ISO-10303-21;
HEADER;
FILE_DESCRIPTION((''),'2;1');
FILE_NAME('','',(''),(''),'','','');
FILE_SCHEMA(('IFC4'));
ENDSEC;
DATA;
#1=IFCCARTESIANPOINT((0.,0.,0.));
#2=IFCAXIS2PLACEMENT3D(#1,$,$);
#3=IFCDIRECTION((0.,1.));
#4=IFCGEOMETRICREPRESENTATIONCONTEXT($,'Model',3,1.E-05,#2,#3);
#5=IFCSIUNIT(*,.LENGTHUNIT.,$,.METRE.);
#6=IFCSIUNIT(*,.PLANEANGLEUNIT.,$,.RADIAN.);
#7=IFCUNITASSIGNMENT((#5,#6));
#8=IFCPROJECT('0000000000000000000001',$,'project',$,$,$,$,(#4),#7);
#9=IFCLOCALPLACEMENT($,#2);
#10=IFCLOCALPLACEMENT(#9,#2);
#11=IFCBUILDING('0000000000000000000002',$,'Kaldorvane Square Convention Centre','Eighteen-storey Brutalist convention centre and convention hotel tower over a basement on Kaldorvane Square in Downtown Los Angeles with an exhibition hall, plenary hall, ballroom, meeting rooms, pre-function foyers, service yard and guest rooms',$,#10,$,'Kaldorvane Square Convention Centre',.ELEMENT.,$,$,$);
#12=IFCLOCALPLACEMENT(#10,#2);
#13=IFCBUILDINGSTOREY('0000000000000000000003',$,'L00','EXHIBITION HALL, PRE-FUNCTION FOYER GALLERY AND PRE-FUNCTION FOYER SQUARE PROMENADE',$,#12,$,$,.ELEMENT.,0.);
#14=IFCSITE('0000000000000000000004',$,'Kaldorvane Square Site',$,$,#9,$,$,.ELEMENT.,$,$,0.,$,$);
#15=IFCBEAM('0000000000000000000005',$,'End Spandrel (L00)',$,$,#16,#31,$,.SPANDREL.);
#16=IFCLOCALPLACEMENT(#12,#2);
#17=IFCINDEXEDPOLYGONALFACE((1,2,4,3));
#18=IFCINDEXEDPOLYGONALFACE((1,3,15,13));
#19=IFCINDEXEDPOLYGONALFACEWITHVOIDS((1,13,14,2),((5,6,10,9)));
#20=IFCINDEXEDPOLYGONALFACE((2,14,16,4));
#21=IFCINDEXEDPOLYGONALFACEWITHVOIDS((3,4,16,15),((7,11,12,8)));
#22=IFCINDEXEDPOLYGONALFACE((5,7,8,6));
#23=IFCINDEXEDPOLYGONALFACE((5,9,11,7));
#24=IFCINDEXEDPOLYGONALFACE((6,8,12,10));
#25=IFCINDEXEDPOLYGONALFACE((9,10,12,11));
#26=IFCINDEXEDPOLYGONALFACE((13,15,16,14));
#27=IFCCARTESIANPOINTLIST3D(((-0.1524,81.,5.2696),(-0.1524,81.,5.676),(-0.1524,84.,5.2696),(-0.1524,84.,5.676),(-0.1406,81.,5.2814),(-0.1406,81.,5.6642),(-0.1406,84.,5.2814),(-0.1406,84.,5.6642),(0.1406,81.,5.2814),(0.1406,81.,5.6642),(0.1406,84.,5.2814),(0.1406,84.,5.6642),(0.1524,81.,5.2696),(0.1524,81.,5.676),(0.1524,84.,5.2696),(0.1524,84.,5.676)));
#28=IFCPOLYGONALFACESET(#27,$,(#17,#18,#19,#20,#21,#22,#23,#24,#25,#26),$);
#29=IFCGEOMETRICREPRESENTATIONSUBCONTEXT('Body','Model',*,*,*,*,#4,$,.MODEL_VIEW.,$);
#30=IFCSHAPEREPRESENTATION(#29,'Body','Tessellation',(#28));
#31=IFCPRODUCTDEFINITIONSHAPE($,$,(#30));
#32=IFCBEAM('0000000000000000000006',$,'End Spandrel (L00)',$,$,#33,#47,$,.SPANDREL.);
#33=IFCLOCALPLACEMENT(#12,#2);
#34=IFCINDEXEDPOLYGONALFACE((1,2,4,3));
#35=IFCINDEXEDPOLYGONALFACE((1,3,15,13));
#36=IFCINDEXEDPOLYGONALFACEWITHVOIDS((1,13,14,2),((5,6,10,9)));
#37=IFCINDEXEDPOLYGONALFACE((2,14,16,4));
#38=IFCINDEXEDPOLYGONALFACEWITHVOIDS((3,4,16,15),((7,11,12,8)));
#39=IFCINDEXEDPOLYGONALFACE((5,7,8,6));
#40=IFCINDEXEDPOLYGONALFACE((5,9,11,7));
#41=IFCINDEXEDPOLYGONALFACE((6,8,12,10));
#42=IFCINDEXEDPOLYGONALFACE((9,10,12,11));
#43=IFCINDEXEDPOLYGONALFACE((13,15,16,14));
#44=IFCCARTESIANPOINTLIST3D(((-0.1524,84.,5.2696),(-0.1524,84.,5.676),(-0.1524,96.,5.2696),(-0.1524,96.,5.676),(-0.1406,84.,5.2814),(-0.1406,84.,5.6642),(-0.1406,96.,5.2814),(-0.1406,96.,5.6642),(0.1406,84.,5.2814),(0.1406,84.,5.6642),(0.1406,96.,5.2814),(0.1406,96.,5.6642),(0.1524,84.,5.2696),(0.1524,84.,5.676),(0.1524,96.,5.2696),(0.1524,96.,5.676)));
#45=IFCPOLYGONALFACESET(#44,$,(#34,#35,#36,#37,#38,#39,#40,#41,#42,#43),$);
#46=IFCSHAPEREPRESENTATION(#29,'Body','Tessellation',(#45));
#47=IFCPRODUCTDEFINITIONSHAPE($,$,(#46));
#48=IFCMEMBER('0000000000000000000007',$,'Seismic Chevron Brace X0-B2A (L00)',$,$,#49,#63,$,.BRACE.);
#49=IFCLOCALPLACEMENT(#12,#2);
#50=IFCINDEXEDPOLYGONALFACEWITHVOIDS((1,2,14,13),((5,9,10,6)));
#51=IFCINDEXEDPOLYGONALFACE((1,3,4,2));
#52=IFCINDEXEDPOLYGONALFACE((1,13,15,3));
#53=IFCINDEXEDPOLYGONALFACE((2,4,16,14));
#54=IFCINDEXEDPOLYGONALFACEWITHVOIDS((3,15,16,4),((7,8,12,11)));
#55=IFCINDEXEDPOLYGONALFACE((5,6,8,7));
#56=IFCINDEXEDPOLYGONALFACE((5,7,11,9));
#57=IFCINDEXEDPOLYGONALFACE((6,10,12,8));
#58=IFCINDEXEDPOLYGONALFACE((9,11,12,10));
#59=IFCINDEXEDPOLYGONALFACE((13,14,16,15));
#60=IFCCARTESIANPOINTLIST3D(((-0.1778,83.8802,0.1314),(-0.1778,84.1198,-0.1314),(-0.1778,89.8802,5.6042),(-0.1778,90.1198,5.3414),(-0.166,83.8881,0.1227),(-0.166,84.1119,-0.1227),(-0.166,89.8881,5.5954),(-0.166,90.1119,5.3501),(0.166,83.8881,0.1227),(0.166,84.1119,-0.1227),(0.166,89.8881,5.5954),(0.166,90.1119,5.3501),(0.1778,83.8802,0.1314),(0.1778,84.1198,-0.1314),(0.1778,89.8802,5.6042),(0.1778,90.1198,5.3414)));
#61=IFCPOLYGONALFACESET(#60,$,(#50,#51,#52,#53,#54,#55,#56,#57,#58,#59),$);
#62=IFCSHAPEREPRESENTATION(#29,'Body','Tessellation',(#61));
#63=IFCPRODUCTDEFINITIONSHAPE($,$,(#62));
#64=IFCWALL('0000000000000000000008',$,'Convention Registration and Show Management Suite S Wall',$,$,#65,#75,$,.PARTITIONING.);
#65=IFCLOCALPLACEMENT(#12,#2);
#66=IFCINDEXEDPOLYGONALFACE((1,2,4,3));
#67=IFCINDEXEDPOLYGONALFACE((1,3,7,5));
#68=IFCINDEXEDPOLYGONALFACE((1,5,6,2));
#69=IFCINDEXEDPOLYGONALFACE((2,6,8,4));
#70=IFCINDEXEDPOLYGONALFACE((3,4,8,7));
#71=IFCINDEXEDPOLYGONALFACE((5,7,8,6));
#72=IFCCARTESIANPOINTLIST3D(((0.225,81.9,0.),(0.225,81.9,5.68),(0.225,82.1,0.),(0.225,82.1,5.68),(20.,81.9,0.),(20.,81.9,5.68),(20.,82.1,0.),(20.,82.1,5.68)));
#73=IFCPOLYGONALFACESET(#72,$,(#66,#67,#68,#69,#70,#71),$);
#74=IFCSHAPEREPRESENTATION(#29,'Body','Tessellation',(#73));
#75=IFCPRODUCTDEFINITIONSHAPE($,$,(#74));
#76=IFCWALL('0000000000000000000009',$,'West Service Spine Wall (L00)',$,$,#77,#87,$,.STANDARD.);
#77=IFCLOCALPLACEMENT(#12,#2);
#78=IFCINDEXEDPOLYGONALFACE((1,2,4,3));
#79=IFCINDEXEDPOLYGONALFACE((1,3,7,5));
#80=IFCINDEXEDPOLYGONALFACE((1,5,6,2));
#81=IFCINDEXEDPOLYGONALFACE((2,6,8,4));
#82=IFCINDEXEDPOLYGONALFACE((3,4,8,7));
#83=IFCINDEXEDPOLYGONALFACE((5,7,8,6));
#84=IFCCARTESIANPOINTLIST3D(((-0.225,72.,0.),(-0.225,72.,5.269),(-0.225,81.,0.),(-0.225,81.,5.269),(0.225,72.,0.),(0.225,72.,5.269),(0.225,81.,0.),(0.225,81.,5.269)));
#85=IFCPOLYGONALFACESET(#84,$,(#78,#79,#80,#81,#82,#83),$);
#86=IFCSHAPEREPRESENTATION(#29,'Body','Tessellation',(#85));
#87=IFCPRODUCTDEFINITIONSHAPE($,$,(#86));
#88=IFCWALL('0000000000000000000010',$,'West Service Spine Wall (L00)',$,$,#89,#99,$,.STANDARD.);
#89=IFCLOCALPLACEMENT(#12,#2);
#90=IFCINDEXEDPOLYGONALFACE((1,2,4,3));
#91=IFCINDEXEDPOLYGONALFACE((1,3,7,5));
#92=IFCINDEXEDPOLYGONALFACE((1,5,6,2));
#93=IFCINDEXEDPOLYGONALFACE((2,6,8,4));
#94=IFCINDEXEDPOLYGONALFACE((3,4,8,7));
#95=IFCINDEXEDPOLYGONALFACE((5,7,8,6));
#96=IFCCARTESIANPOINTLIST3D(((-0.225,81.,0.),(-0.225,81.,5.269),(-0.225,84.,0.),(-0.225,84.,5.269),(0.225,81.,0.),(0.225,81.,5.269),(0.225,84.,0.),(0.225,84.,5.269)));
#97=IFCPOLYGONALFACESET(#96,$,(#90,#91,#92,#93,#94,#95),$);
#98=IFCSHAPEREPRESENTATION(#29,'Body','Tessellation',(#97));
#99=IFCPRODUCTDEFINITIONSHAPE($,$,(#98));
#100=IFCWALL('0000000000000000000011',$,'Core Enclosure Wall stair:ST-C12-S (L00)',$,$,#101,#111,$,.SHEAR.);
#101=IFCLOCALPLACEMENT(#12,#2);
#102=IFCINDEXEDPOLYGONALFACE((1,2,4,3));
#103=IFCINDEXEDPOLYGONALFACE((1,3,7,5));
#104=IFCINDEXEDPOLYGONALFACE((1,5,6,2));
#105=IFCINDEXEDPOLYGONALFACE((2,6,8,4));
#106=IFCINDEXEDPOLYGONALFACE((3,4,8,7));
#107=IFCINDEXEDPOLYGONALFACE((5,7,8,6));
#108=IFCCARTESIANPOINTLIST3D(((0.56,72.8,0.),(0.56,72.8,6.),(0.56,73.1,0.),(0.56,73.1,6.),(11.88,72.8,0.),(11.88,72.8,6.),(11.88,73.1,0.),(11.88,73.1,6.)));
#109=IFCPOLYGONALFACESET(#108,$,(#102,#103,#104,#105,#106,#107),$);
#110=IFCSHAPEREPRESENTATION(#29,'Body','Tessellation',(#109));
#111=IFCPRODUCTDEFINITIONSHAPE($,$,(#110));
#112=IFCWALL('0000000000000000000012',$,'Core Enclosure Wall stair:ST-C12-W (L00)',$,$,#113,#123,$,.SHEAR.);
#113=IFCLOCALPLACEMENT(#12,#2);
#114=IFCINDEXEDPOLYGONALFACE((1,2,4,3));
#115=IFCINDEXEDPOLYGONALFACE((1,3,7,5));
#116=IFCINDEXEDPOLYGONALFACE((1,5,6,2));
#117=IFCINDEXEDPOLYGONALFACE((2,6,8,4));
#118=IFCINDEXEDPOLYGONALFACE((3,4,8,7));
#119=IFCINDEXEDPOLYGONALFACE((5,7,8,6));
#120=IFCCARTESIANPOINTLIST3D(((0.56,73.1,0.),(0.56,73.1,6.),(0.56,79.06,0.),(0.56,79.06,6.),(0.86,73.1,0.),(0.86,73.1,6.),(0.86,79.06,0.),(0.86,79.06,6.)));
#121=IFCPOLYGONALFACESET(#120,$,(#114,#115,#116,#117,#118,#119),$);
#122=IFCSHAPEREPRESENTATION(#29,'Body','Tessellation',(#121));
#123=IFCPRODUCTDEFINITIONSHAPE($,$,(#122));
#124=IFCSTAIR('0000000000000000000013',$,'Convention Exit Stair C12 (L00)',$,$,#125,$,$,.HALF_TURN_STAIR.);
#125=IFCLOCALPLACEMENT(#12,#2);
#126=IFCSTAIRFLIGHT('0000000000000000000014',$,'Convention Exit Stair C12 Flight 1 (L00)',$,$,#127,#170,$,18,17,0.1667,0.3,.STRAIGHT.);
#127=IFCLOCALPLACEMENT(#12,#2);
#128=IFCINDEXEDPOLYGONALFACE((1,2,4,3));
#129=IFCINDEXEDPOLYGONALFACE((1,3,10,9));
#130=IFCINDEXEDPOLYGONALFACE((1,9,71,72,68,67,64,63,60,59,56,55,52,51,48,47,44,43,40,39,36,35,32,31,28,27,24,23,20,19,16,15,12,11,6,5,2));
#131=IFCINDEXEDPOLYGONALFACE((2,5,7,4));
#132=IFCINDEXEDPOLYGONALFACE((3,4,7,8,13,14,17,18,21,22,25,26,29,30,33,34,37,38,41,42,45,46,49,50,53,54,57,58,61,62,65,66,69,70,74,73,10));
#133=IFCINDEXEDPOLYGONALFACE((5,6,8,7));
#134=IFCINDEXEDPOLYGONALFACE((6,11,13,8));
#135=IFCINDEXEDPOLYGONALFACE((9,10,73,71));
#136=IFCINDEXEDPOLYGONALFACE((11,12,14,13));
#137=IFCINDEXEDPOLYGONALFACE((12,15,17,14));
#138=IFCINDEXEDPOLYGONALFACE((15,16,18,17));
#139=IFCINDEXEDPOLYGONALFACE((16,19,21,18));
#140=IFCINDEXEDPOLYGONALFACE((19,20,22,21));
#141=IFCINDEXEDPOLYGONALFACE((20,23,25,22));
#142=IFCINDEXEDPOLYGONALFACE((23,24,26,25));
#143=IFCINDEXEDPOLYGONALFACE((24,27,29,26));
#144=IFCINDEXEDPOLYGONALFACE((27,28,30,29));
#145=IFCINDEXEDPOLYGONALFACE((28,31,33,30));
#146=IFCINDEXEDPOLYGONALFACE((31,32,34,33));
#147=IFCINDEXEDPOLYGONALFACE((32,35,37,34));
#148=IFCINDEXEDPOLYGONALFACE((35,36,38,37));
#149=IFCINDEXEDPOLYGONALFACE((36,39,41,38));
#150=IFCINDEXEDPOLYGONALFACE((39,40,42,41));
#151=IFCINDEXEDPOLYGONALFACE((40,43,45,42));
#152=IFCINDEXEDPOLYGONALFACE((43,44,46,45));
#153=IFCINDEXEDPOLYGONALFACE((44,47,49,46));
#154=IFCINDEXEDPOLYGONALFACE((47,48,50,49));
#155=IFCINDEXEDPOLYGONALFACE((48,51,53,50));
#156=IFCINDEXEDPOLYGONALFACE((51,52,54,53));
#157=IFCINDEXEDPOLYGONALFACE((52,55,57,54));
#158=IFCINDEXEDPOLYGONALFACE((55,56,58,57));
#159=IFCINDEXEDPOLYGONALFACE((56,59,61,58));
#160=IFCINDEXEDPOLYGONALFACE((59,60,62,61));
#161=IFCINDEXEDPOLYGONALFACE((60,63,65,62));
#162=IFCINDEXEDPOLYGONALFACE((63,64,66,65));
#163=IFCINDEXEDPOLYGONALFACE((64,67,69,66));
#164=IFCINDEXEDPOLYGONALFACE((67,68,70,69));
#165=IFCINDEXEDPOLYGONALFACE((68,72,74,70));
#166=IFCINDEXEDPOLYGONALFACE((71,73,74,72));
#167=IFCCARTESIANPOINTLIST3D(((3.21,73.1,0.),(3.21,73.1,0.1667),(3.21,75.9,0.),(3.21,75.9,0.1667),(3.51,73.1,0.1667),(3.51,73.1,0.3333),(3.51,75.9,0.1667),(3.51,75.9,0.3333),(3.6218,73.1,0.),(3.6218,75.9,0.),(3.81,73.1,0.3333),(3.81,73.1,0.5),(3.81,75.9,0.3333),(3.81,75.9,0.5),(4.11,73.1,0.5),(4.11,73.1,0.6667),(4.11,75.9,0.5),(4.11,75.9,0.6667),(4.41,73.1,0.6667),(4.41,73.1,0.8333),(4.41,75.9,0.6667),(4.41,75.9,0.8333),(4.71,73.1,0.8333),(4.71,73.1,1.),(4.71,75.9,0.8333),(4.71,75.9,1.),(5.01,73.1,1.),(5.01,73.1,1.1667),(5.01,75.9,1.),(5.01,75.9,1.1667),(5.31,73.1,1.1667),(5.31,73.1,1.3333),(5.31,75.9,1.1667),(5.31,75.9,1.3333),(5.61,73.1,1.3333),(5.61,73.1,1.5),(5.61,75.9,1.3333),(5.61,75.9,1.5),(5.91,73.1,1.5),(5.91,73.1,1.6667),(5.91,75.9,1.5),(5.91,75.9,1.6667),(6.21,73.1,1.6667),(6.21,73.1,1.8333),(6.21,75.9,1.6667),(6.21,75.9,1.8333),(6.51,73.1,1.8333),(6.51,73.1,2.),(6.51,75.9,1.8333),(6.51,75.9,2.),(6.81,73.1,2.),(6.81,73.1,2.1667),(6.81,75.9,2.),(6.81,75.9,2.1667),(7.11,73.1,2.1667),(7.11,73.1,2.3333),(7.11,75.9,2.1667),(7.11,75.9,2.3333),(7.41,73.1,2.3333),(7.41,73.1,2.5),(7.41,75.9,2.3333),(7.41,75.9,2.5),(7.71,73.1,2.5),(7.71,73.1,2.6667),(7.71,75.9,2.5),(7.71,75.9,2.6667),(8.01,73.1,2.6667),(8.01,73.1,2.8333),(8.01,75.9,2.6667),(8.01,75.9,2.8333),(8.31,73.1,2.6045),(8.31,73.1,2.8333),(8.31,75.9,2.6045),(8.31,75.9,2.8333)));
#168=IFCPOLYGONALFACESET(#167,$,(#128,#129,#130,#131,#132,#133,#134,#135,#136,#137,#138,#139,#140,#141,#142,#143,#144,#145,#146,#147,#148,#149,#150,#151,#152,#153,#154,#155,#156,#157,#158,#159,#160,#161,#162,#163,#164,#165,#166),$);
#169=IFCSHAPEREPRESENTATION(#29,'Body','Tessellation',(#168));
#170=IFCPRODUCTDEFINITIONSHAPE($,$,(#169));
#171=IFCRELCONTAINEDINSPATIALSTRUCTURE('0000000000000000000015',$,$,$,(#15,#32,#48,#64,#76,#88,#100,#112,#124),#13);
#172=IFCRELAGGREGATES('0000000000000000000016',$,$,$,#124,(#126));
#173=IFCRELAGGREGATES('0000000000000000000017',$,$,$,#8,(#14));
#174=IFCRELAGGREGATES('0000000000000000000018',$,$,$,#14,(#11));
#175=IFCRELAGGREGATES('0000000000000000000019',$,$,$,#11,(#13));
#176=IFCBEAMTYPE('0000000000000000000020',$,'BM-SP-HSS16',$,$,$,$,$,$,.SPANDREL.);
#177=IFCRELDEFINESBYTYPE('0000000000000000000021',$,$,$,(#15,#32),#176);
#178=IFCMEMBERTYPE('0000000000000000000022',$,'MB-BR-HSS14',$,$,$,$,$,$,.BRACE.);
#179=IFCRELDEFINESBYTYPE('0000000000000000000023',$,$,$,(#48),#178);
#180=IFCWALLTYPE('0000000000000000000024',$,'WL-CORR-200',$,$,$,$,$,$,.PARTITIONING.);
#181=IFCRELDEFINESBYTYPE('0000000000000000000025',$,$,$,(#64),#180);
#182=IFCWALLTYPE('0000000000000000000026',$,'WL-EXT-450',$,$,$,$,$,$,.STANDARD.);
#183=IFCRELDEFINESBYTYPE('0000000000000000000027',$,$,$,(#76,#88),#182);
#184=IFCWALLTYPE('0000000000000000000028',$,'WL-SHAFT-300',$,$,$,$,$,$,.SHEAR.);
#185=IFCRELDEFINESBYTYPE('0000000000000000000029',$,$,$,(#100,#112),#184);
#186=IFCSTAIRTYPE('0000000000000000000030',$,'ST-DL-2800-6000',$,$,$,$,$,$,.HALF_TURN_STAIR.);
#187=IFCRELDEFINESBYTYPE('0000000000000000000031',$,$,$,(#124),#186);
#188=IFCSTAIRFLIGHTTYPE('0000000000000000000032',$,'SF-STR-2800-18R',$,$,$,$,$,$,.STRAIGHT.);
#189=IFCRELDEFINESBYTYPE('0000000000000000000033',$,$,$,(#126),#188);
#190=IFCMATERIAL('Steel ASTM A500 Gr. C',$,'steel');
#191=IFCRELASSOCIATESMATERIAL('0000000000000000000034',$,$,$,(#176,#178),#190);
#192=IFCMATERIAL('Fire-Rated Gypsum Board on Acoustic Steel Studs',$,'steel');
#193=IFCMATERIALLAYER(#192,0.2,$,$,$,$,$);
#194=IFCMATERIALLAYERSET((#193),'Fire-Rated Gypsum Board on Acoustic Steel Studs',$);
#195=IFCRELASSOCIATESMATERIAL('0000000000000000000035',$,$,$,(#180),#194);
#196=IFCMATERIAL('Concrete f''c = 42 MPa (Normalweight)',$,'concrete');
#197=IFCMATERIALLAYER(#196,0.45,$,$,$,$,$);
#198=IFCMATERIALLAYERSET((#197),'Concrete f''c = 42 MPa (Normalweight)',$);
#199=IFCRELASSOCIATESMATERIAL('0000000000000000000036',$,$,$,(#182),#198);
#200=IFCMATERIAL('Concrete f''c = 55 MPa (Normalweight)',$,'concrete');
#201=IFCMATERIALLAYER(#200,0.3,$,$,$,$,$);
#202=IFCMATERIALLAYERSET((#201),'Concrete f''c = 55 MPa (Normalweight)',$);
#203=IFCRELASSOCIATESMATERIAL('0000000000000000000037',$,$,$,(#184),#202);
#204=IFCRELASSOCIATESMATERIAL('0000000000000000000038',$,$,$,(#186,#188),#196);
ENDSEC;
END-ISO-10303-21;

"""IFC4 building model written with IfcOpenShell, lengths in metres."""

from ifc_helpers import new_model, si_unit, direction, frame, frame_2d, origin, origin_2d, place, context, subcontext, project, spatial, polyline, rectangle, hollow_rectangle, outline, extrude, material, layer, layer_set, material_profile, profile_set, type_object, element, aggregate, save


model = new_model("IFC4")

# Units and contexts
model_context = context("Model", 3, precision=1e-05, world=origin(), true_north=direction((0.0, 1.0)))
body_context = subcontext(model_context, "Body", "Model", "MODEL_VIEW")
ifc_project = project(units=[si_unit("LENGTHUNIT", "METRE"), si_unit("PLANEANGLEUNIT", "RADIAN")], contexts=[model_context])

# Site, building, storey
site_placement = place(None, origin())
site = spatial("IfcSite", under=ifc_project, at=site_placement, Name="Kaldorvane Square Site", CompositionType="ELEMENT", RefElevation=0.0)
building_placement = place(site_placement, origin())
building = spatial("IfcBuilding", under=site, at=building_placement, Name="Kaldorvane Square Convention Centre", Description="Eighteen-storey Brutalist convention centre and convention hotel tower over a basement on Kaldorvane Square in Downtown Los Angeles with an exhibition hall, plenary hall, ballroom, meeting rooms, pre-function foyers, service yard and guest rooms", LongName="Kaldorvane Square Convention Centre", CompositionType="ELEMENT")
storey_placement = place(building_placement, origin())
storey = spatial("IfcBuildingStorey", under=building, at=storey_placement, Name="L00", Description="EXHIBITION HALL, PRE-FUNCTION FOYER GALLERY AND PRE-FUNCTION FOYER SQUARE PROMENADE", CompositionType="ELEMENT", Elevation=0.0)

# Beams
ifc_material_1 = material(Name="Steel ASTM A500 Gr. C", Category="steel")
ifc_material_profile_1 = material_profile(ifc_material_1, hollow_rectangle(XDim=0.3048, YDim=0.4064, WallThickness=0.0118, at=origin_2d()), Name="HSS16X12X1/2")
ifc_profile_set_1 = profile_set([ifc_material_profile_1], Name="Steel ASTM A500 Gr. C")
beam_type_1 = type_object("IfcBeamType", Name="BM-SP-HSS16", PredefinedType="SPANDREL", material=ifc_profile_set_1)
beam_1_placement = place(storey_placement, frame((0.0, 81.0, 5.4728), z_axis=(0.0, 1.0, 0.0), x_axis=(-1.0, 0.0, 0.0)))
element("IfcBeam", 1, at=beam_1_placement, inside=storey, type_object=beam_type_1, Name="End Spandrel (L00)", PredefinedType="SPANDREL", context=body_context, shape_type="SweptSolid", body=[
    extrude(hollow_rectangle(XDim=0.3048, YDim=0.4064, WallThickness=0.0118, at=origin_2d()), origin(), (0.0, 0.0, 1.0), 3.0),
])
beam_2_placement = place(storey_placement, frame((0.0, 84.0, 5.4728), z_axis=(0.0, 1.0, 0.0), x_axis=(-1.0, 0.0, 0.0)))
element("IfcBeam", 2, at=beam_2_placement, inside=storey, type_object=beam_type_1, Name="End Spandrel (L00)", PredefinedType="SPANDREL", context=body_context, shape_type="SweptSolid", body=[
    extrude(hollow_rectangle(XDim=0.3048, YDim=0.4064, WallThickness=0.0118, at=origin_2d()), origin(), (0.0, 0.0, 1.0), 12.0),
])

# Member
ifc_material_profile_2 = material_profile(ifc_material_1, hollow_rectangle(XDim=0.3556, YDim=0.3556, WallThickness=0.0118, at=origin_2d()), Name="HSS14X14X1/2")
ifc_profile_set_2 = profile_set([ifc_material_profile_2], Name="Steel ASTM A500 Gr. C")
member_type = type_object("IfcMemberType", Name="MB-BR-HSS14", PredefinedType="BRACE", material=ifc_profile_set_2)
member_placement = place(storey_placement, frame((0.0, 84.0, 0.0), z_axis=(0.0, 0.738821, 0.673902), x_axis=(-1.0, 0.0, 0.0)))
element("IfcMember", 3, at=member_placement, inside=storey, type_object=member_type, Name="Seismic Chevron Brace X0-B2A (L00)", PredefinedType="BRACE", context=body_context, shape_type="SweptSolid", body=[
    extrude(hollow_rectangle(XDim=0.3556, YDim=0.3556, WallThickness=0.0118, at=origin_2d()), origin(), (0.0, 0.0, 1.0), 8.121),
])

# Walls
ifc_material_2 = material(Name="Fire-Rated Gypsum Board on Acoustic Steel Studs", Category="steel")
ifc_layer_1 = layer(ifc_material_2, 0.2)
ifc_layer_set_1 = layer_set([ifc_layer_1], Name="Fire-Rated Gypsum Board on Acoustic Steel Studs")
wall_type_1 = type_object("IfcWallType", Name="WL-CORR-200", PredefinedType="PARTITIONING", material=ifc_layer_set_1)
wall_1_placement = place(storey_placement, frame((0.225, 82.0, 0.0), z_axis=(0.0, 0.0, 1.0), x_axis=(1.0, 0.0, 0.0)))
element("IfcWall", 4, at=wall_1_placement, inside=storey, type_object=wall_type_1, Name="Convention Registration and Show Management Suite S Wall", PredefinedType="PARTITIONING", context=body_context, shape_type="SweptSolid", body=[
    extrude(rectangle(XDim=19.775, YDim=0.2, at=frame_2d((9.8875, 0.0))), origin(), (0.0, 0.0, 1.0), 5.68),
])
ifc_material_3 = material(Name="Concrete f'c = 42 MPa (Normalweight)", Category="concrete")
ifc_layer_2 = layer(ifc_material_3, 0.45)
ifc_layer_set_2 = layer_set([ifc_layer_2], Name="Concrete f'c = 42 MPa (Normalweight)")
wall_type_2 = type_object("IfcWallType", Name="WL-EXT-450", PredefinedType="STANDARD", material=ifc_layer_set_2)
wall_2_placement = place(storey_placement, frame((0.0, 81.0, 0.0), z_axis=(0.0, 0.0, 1.0), x_axis=(0.0, -1.0, 0.0)))
element("IfcWall", 5, at=wall_2_placement, inside=storey, type_object=wall_type_2, Name="West Service Spine Wall (L00)", PredefinedType="STANDARD", context=body_context, shape_type="SweptSolid", body=[
    extrude(rectangle(XDim=9.0, YDim=0.45, at=frame_2d((4.5, 0.0))), origin(), (0.0, 0.0, 1.0), 5.269),
])
wall_3_placement = place(storey_placement, frame((0.0, 84.0, 0.0), z_axis=(0.0, 0.0, 1.0), x_axis=(0.0, -1.0, 0.0)))
element("IfcWall", 6, at=wall_3_placement, inside=storey, type_object=wall_type_2, Name="West Service Spine Wall (L00)", PredefinedType="STANDARD", context=body_context, shape_type="SweptSolid", body=[
    extrude(rectangle(XDim=3.0, YDim=0.45, at=frame_2d((1.5, 0.0))), origin(), (0.0, 0.0, 1.0), 5.269),
])
ifc_material_4 = material(Name="Concrete f'c = 55 MPa (Normalweight)", Category="concrete")
ifc_layer_3 = layer(ifc_material_4, 0.3)
ifc_layer_set_3 = layer_set([ifc_layer_3], Name="Concrete f'c = 55 MPa (Normalweight)")
wall_type_3 = type_object("IfcWallType", Name="WL-SHAFT-300", PredefinedType="SHEAR", material=ifc_layer_set_3)
wall_4_placement = place(storey_placement, frame((0.56, 72.95, 0.0), z_axis=(0.0, 0.0, 1.0), x_axis=(1.0, 0.0, 0.0)))
element("IfcWall", 7, at=wall_4_placement, inside=storey, type_object=wall_type_3, Name="Core Enclosure Wall stair:ST-C12-S (L00)", PredefinedType="SHEAR", context=body_context, shape_type="SweptSolid", body=[
    extrude(rectangle(XDim=11.32, YDim=0.3, at=frame_2d((5.66, 0.0))), origin(), (0.0, 0.0, 1.0), 6.0),
])
wall_5_placement = place(storey_placement, frame((0.71, 79.06, 0.0), z_axis=(0.0, 0.0, 1.0), x_axis=(0.0, -1.0, 0.0)))
element("IfcWall", 8, at=wall_5_placement, inside=storey, type_object=wall_type_3, Name="Core Enclosure Wall stair:ST-C12-W (L00)", PredefinedType="SHEAR", context=body_context, shape_type="SweptSolid", body=[
    extrude(rectangle(XDim=5.96, YDim=0.3, at=frame_2d((2.98, 0.0))), origin(), (0.0, 0.0, 1.0), 6.0),
])

# Stair, stair flight
stair_type = type_object("IfcStairType", Name="ST-DL-2800-6000", PredefinedType="HALF_TURN_STAIR", material=ifc_material_3)
stair_placement = place(storey_placement, origin())
stair = element("IfcStair", 9, at=stair_placement, inside=storey, type_object=stair_type, Name="Convention Exit Stair C12 (L00)", PredefinedType="HALF_TURN_STAIR")
stair_flight_type = type_object("IfcStairFlightType", Name="SF-STR-2800-18R", PredefinedType="STRAIGHT", material=ifc_material_3)
stair_flight_placement = place(storey_placement, frame((3.21, 74.5, 0.0), z_axis=(0.0, 0.0, 1.0), x_axis=(1.0, 0.0, 0.0)))
stair_flight = element("IfcStairFlight", 10, at=stair_flight_placement, type_object=stair_flight_type, Name="Convention Exit Stair C12 Flight 1 (L00)", NumberOfRisers=18, NumberOfTreads=17, PredefinedType="STRAIGHT", RiserHeight=0.1667, TreadLength=0.3, context=body_context, shape_type="SweptSolid", body=[
    extrude(outline(polyline([(0.0, 0.0), (0.0, 0.1667), (0.3, 0.1667), (0.3, 0.3333), (0.6, 0.3333), (0.6, 0.5), (0.9, 0.5), (0.9, 0.6667), (1.2, 0.6667), (1.2, 0.8333), (1.5, 0.8333), (1.5, 1.0), (1.8, 1.0), (1.8, 1.1667), (2.1, 1.1667), (2.1, 1.3333), (2.4, 1.3333), (2.4, 1.5), (2.7, 1.5), (2.7, 1.6667), (3.0, 1.6667), (3.0, 1.8333), (3.3, 1.8333), (3.3, 2.0), (3.6, 2.0), (3.6, 2.1667), (3.9, 2.1667), (3.9, 2.3333), (4.2, 2.3333), (4.2, 2.5), (4.5, 2.5), (4.5, 2.6667), (4.8, 2.6667), (4.8, 2.8333), (5.1, 2.8333), (5.1, 3.0), (5.1, 2.6045), (0.4118, 0.0), (0.0, 0.0)])), frame((0.0, 1.4, 0.0), z_axis=(0.0, -1.0, 0.0), x_axis=(1.0, 0.0, 0.0)), (0.0, 0.0, 1.0), 2.8),
])
aggregate(stair, [stair_flight])

save(model, "model.ifc")
